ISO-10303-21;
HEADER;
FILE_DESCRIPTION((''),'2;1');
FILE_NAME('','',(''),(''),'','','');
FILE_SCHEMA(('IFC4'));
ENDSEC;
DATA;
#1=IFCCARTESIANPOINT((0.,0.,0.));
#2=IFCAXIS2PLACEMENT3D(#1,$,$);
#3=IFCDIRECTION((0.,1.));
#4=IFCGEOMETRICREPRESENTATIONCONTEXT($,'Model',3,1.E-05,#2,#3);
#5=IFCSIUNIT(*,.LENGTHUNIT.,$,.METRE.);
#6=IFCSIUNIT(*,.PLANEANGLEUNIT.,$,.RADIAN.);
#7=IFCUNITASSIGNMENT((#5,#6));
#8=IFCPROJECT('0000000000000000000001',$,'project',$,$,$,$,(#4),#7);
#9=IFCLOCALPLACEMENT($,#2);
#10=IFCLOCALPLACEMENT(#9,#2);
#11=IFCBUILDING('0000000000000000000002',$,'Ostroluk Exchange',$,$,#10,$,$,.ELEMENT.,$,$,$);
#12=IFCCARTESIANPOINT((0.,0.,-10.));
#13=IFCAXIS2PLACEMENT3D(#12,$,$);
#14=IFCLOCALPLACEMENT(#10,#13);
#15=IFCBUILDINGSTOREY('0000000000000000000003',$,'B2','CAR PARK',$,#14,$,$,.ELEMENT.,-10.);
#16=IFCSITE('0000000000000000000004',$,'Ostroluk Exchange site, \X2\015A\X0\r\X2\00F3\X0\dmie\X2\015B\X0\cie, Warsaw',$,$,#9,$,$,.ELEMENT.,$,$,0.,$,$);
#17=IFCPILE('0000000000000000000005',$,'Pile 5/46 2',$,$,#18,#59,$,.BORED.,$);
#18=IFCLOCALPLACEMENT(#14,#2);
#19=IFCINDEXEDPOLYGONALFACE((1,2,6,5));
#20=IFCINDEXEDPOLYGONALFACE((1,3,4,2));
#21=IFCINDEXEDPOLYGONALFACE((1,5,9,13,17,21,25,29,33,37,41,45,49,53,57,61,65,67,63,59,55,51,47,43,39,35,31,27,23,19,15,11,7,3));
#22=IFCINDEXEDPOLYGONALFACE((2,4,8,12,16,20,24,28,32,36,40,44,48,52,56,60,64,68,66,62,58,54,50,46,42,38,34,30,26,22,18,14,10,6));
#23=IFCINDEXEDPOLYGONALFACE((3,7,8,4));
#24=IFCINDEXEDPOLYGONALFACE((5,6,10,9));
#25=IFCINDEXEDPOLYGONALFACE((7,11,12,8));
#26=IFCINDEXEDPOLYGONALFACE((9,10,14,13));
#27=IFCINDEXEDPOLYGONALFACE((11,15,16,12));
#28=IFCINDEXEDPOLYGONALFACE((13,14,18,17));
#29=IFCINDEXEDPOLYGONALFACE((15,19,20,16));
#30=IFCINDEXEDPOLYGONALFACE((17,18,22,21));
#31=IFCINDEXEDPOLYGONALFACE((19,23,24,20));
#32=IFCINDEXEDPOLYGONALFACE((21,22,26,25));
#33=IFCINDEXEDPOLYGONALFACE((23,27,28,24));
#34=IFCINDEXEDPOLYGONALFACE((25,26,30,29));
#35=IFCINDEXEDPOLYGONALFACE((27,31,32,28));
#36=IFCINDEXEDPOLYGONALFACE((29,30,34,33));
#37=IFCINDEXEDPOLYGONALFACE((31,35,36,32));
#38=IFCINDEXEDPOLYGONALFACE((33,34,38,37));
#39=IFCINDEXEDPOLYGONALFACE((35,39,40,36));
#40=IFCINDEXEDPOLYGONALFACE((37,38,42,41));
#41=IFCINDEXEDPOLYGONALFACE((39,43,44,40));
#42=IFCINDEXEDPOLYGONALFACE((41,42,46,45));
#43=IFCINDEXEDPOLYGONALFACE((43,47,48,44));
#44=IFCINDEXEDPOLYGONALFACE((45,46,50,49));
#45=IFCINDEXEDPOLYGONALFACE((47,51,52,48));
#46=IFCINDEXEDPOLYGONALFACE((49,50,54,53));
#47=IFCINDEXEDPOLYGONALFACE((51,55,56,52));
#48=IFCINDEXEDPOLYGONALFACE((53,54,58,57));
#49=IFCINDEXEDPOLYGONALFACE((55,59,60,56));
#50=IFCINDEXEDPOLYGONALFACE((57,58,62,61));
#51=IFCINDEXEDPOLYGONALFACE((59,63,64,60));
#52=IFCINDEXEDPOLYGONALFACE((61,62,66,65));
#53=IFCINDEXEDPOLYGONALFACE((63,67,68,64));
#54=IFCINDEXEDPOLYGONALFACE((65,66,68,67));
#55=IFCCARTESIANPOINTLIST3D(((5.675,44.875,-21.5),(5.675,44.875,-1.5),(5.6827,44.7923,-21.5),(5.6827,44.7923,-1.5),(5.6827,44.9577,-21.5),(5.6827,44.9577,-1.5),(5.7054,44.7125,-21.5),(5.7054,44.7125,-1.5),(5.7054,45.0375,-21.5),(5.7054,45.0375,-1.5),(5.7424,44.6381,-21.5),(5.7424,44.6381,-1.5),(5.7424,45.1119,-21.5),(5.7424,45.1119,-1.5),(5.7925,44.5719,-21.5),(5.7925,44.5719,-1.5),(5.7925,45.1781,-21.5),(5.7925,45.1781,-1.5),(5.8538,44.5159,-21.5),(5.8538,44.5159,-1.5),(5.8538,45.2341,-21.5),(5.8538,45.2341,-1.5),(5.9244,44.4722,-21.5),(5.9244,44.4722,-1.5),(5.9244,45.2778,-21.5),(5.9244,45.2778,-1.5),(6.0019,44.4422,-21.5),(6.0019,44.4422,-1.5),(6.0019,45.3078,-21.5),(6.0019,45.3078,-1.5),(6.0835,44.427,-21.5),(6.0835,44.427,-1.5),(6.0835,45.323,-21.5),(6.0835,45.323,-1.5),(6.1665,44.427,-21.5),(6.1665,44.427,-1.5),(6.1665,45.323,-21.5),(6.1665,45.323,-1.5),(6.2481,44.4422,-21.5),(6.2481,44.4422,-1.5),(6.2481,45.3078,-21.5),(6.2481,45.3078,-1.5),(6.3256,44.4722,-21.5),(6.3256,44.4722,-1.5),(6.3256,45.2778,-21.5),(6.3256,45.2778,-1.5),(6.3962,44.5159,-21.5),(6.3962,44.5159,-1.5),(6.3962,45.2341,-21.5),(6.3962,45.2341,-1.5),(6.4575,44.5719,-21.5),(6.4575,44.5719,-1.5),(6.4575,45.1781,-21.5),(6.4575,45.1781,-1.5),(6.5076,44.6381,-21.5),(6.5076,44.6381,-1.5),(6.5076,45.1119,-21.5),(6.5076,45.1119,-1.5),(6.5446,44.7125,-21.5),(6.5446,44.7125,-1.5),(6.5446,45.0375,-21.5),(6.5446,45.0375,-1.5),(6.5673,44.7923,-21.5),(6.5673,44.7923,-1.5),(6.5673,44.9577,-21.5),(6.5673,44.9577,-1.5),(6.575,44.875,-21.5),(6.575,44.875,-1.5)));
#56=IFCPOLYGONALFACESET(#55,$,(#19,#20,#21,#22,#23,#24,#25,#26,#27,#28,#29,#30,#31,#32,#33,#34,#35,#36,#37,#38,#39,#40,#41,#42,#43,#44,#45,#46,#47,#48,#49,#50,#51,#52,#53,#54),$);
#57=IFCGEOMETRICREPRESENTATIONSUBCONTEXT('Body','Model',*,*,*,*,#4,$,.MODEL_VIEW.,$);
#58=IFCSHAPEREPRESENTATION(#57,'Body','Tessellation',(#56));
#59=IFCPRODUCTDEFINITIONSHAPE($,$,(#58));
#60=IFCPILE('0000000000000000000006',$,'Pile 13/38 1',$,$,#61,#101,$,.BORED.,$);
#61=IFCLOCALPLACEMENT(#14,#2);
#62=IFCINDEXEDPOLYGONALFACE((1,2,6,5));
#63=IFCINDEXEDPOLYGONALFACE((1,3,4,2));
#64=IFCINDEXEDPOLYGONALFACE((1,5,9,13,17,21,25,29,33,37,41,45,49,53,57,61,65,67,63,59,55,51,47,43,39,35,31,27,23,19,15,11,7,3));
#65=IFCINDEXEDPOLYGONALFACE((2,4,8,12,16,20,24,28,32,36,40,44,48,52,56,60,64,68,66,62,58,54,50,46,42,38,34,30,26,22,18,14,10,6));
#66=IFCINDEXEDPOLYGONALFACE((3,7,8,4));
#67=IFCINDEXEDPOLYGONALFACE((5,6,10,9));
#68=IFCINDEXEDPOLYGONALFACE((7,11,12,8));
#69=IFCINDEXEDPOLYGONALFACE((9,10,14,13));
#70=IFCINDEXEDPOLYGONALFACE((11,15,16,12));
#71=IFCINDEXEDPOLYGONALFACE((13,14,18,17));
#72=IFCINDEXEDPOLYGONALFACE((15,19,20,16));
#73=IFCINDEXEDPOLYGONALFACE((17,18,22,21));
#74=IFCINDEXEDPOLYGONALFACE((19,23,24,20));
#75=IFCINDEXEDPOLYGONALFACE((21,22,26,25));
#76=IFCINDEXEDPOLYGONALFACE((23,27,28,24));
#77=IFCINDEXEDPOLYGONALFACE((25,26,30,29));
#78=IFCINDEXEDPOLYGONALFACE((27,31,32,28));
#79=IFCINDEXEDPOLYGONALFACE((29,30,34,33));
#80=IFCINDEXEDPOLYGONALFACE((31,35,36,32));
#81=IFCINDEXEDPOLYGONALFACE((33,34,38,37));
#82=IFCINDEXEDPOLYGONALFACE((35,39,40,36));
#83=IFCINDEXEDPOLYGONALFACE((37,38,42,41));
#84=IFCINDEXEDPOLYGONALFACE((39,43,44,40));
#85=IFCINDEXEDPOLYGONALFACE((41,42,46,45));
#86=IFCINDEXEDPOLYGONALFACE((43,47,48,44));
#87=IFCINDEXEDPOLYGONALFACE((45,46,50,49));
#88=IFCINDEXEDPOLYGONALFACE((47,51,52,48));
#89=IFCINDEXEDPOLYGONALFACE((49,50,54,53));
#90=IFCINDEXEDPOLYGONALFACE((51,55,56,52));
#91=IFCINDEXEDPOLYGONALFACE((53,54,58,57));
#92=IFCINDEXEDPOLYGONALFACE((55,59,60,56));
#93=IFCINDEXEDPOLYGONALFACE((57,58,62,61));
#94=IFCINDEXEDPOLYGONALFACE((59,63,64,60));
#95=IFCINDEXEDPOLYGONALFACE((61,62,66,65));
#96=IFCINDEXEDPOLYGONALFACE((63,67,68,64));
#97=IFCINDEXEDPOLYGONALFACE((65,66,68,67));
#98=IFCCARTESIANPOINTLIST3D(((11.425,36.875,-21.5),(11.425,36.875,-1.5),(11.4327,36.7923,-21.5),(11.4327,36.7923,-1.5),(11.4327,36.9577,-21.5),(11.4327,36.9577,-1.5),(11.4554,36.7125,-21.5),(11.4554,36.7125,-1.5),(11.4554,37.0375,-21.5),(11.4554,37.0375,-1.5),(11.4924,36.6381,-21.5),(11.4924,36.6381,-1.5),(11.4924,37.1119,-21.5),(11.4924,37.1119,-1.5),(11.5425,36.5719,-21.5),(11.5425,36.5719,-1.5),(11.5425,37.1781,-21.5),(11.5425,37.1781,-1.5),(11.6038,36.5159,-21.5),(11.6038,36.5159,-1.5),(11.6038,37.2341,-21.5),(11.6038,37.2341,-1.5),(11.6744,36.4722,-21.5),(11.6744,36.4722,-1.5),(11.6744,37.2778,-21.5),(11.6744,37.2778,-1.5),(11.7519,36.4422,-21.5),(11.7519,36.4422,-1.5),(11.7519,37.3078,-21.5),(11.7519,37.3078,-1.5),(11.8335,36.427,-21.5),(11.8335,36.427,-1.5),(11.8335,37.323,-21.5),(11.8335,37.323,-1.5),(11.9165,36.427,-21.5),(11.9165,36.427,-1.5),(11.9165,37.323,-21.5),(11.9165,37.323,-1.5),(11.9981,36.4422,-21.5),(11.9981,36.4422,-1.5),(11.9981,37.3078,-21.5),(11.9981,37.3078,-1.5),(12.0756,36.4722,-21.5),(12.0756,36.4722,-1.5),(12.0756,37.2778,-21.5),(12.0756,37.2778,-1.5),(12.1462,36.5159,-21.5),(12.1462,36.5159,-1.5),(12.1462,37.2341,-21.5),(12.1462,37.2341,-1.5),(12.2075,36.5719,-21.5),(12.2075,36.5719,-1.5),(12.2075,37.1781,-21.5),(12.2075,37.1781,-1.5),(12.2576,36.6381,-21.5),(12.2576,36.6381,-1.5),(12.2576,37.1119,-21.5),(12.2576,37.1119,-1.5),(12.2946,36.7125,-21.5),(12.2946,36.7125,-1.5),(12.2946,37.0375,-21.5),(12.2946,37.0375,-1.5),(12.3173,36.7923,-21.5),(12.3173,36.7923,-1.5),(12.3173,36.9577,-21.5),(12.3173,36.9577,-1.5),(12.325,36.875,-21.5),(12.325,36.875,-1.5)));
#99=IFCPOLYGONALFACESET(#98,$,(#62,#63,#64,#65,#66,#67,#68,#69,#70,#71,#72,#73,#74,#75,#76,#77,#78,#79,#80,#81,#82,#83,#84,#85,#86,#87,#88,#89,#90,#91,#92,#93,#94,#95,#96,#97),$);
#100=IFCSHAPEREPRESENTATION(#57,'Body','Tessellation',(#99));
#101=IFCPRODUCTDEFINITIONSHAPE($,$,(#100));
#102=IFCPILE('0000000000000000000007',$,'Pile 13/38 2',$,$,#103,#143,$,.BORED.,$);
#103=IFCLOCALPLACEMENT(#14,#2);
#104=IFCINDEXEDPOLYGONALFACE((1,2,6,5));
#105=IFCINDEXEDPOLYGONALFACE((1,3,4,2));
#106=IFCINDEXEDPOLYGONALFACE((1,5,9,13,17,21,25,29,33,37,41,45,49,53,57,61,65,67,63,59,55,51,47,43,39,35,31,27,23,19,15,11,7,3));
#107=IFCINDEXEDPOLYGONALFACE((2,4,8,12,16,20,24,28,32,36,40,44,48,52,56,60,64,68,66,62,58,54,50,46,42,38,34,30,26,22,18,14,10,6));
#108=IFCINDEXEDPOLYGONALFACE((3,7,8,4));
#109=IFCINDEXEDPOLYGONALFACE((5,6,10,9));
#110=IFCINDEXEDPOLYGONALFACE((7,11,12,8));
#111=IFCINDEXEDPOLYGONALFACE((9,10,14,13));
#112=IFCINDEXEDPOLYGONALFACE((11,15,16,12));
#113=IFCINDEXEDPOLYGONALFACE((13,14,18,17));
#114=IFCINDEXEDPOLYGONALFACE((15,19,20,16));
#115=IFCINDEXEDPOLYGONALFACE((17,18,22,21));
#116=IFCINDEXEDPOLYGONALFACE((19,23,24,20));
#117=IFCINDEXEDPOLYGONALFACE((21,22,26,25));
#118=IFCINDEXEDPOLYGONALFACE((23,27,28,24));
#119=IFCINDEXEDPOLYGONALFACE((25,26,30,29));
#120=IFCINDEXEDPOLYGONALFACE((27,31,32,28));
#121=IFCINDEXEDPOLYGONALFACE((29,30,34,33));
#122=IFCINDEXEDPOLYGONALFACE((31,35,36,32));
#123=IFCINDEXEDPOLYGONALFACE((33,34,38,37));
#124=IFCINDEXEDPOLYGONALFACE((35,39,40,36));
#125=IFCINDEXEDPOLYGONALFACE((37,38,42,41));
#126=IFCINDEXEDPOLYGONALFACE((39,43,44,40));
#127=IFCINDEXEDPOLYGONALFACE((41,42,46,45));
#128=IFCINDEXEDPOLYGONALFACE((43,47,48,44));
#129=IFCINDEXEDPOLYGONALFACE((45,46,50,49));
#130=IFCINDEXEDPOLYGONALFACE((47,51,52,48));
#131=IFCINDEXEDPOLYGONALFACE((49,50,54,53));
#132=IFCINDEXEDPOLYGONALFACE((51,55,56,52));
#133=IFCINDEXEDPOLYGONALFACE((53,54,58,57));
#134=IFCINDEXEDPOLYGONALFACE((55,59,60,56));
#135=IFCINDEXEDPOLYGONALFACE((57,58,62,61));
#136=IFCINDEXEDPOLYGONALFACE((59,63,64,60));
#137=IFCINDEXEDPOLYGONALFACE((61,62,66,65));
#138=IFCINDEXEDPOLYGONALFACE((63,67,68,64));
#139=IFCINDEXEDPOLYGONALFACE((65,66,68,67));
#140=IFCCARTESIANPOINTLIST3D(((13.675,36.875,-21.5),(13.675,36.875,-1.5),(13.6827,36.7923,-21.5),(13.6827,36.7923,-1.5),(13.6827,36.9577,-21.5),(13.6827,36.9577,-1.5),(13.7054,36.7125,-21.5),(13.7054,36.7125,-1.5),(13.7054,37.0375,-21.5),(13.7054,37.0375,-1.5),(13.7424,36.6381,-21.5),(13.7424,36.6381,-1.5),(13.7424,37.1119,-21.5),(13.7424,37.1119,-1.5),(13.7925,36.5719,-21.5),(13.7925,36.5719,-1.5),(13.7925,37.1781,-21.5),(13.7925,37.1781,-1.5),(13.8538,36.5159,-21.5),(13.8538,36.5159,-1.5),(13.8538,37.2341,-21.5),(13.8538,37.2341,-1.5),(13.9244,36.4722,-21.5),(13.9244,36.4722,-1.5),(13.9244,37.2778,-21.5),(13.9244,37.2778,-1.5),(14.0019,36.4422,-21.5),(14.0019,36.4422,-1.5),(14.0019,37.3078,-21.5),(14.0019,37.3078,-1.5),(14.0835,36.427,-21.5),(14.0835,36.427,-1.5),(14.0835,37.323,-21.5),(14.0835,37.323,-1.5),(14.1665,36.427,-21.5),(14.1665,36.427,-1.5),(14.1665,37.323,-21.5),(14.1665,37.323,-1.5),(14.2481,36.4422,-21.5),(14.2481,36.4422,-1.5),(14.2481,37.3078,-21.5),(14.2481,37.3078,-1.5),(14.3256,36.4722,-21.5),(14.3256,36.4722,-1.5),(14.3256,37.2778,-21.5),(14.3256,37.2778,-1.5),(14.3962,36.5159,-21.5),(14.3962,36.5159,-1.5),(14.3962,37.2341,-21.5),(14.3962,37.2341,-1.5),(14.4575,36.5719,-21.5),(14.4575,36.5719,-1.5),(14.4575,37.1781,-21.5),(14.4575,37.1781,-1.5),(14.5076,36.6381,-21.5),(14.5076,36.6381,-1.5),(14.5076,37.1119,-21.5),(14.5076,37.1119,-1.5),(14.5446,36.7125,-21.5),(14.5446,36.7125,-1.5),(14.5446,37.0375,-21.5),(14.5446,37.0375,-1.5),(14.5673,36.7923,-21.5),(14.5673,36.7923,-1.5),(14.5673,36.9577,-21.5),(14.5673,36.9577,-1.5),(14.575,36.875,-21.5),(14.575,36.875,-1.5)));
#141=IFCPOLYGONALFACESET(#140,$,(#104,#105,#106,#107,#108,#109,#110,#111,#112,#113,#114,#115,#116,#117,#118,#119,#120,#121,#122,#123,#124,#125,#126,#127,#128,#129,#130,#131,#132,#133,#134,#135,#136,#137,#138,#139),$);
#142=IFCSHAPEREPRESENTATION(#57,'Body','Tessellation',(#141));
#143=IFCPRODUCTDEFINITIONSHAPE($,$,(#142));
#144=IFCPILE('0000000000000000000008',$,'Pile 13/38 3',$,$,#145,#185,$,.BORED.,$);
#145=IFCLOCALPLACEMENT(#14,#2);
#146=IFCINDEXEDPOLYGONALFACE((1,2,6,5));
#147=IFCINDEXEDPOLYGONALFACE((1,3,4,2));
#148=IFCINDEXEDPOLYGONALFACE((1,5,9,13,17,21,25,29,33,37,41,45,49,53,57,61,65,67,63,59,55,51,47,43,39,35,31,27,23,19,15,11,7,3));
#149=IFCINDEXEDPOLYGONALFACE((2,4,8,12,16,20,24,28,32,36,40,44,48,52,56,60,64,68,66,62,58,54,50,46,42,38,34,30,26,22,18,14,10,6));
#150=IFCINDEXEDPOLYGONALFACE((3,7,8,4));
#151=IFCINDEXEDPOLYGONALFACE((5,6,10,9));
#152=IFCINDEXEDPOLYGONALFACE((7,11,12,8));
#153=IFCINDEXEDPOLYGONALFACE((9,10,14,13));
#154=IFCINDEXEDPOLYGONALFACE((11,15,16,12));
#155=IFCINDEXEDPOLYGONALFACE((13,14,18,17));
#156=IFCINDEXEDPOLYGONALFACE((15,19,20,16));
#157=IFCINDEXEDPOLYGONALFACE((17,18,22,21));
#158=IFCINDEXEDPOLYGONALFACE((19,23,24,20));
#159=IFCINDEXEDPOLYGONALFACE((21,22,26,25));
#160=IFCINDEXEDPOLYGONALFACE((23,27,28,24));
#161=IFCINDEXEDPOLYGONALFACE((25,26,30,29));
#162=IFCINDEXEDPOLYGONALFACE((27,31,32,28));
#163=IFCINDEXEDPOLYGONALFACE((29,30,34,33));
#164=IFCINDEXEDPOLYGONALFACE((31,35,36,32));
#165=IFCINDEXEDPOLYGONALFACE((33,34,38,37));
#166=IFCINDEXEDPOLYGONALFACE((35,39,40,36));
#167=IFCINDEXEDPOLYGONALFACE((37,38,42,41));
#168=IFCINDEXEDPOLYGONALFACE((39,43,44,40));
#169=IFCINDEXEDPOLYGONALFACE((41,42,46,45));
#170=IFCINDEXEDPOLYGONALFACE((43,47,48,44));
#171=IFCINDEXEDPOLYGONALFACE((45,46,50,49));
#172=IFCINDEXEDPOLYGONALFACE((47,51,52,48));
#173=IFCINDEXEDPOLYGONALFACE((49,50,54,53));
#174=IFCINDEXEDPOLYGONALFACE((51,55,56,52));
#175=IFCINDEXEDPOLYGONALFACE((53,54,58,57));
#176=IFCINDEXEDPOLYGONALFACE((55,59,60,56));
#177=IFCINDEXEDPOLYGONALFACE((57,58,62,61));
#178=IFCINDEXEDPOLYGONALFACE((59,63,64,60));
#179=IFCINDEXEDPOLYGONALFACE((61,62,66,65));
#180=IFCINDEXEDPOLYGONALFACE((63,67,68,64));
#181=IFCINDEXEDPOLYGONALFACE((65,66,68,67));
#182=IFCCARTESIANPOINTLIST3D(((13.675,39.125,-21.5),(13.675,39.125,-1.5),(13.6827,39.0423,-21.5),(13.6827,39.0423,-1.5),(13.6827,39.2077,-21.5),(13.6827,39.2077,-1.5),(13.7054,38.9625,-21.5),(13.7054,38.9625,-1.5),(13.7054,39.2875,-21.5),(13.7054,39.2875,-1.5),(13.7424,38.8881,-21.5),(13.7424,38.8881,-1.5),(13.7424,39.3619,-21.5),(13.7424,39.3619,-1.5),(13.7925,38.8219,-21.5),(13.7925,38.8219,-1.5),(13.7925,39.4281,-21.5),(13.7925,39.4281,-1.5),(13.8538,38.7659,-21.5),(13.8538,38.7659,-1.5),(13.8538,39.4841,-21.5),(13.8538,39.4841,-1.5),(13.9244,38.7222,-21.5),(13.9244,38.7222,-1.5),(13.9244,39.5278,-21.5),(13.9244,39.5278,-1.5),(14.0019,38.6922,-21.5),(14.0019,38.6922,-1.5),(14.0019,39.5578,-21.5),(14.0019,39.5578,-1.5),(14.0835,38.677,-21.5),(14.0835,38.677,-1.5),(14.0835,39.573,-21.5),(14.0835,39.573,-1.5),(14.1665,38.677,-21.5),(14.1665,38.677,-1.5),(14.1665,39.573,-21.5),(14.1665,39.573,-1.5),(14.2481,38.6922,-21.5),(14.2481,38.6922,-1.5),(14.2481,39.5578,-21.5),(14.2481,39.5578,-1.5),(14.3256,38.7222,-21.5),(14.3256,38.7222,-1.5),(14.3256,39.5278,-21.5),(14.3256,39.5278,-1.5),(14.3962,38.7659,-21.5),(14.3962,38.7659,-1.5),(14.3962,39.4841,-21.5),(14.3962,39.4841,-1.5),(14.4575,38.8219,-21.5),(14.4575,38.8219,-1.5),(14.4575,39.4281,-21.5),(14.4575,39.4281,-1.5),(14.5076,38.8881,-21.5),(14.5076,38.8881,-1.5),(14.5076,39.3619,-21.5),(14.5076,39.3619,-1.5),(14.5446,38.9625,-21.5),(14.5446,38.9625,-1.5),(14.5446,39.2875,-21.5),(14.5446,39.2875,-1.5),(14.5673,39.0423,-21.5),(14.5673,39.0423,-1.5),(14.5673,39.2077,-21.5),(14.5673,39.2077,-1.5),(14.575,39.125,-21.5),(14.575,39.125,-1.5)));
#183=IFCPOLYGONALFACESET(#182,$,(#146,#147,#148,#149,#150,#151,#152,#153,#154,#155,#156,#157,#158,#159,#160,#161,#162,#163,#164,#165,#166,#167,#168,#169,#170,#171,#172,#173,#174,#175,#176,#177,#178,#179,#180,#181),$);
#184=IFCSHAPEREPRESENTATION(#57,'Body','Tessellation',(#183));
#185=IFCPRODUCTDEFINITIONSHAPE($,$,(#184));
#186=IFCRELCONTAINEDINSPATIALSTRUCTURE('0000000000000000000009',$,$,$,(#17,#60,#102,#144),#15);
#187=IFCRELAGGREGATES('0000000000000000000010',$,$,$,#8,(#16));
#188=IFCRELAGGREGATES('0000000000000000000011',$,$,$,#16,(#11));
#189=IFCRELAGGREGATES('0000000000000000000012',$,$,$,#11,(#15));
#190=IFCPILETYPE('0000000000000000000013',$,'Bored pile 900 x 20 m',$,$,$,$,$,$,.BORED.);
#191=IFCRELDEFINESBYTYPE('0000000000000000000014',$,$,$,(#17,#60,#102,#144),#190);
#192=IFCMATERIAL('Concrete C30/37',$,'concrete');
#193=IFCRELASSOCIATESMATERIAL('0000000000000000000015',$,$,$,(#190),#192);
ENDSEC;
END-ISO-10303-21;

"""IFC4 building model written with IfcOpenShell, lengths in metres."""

from ifc_helpers import new_model, si_unit, direction, frame, origin, origin_2d, place, context, subcontext, project, spatial, circle, extrude, material, type_object, element, save


model = new_model("IFC4")

# Units and contexts
model_context = context("Model", 3, precision=1e-05, world=origin(), true_north=direction((0.0, 1.0)))
body_context = subcontext(model_context, "Body", "Model", "MODEL_VIEW")
ifc_project = project(units=[si_unit("LENGTHUNIT", "METRE"), si_unit("PLANEANGLEUNIT", "RADIAN")], contexts=[model_context])

# Site, building, storey
site_placement = place(None, origin())
site = spatial("IfcSite", under=ifc_project, at=site_placement, Name="Ostroluk Exchange site, Śródmieście, Warsaw", CompositionType="ELEMENT", RefElevation=0.0)
building_placement = place(site_placement, origin())
building = spatial("IfcBuilding", under=site, at=building_placement, Name="Ostroluk Exchange", CompositionType="ELEMENT")
storey_placement = place(building_placement, frame((0.0, 0.0, -10.0)))
storey = spatial("IfcBuildingStorey", under=building, at=storey_placement, Name="B2", Description="CAR PARK", CompositionType="ELEMENT", Elevation=-10.0)

# Piles
ifc_material_1 = material(Name="Concrete C30/37", Category="concrete")
pile_type_1 = type_object("IfcPileType", Name="Bored pile 900 x 20 m", PredefinedType="BORED", material=ifc_material_1)
for number, where, z_axis, x_axis, name in (
    (1, (6.125, 44.875, -1.5), (0.0, 0.0, -1.0), (1.0, 0.0, 0.0), "Pile 5/46 2"),
    (2, (11.875, 36.875, -1.5), (0.0, 0.0, -1.0), (1.0, 0.0, 0.0), "Pile 13/38 1"),
    (3, (14.125, 36.875, -1.5), (0.0, 0.0, -1.0), (1.0, 0.0, 0.0), "Pile 13/38 2"),
    (4, (14.125, 39.125, -1.5), (0.0, 0.0, -1.0), (1.0, 0.0, 0.0), "Pile 13/38 3"),
):
    element("IfcPile", number, at=place(storey_placement, frame(where, z_axis=z_axis, x_axis=x_axis)), inside=storey, type_object=pile_type_1, Name=name, PredefinedType="BORED", context=body_context, shape_type="SweptSolid", body=[
        extrude(circle(Radius=0.45, at=origin_2d()), origin(), (0.0, 0.0, 1.0), 20.0),
    ])

save(model, "model.ifc")
